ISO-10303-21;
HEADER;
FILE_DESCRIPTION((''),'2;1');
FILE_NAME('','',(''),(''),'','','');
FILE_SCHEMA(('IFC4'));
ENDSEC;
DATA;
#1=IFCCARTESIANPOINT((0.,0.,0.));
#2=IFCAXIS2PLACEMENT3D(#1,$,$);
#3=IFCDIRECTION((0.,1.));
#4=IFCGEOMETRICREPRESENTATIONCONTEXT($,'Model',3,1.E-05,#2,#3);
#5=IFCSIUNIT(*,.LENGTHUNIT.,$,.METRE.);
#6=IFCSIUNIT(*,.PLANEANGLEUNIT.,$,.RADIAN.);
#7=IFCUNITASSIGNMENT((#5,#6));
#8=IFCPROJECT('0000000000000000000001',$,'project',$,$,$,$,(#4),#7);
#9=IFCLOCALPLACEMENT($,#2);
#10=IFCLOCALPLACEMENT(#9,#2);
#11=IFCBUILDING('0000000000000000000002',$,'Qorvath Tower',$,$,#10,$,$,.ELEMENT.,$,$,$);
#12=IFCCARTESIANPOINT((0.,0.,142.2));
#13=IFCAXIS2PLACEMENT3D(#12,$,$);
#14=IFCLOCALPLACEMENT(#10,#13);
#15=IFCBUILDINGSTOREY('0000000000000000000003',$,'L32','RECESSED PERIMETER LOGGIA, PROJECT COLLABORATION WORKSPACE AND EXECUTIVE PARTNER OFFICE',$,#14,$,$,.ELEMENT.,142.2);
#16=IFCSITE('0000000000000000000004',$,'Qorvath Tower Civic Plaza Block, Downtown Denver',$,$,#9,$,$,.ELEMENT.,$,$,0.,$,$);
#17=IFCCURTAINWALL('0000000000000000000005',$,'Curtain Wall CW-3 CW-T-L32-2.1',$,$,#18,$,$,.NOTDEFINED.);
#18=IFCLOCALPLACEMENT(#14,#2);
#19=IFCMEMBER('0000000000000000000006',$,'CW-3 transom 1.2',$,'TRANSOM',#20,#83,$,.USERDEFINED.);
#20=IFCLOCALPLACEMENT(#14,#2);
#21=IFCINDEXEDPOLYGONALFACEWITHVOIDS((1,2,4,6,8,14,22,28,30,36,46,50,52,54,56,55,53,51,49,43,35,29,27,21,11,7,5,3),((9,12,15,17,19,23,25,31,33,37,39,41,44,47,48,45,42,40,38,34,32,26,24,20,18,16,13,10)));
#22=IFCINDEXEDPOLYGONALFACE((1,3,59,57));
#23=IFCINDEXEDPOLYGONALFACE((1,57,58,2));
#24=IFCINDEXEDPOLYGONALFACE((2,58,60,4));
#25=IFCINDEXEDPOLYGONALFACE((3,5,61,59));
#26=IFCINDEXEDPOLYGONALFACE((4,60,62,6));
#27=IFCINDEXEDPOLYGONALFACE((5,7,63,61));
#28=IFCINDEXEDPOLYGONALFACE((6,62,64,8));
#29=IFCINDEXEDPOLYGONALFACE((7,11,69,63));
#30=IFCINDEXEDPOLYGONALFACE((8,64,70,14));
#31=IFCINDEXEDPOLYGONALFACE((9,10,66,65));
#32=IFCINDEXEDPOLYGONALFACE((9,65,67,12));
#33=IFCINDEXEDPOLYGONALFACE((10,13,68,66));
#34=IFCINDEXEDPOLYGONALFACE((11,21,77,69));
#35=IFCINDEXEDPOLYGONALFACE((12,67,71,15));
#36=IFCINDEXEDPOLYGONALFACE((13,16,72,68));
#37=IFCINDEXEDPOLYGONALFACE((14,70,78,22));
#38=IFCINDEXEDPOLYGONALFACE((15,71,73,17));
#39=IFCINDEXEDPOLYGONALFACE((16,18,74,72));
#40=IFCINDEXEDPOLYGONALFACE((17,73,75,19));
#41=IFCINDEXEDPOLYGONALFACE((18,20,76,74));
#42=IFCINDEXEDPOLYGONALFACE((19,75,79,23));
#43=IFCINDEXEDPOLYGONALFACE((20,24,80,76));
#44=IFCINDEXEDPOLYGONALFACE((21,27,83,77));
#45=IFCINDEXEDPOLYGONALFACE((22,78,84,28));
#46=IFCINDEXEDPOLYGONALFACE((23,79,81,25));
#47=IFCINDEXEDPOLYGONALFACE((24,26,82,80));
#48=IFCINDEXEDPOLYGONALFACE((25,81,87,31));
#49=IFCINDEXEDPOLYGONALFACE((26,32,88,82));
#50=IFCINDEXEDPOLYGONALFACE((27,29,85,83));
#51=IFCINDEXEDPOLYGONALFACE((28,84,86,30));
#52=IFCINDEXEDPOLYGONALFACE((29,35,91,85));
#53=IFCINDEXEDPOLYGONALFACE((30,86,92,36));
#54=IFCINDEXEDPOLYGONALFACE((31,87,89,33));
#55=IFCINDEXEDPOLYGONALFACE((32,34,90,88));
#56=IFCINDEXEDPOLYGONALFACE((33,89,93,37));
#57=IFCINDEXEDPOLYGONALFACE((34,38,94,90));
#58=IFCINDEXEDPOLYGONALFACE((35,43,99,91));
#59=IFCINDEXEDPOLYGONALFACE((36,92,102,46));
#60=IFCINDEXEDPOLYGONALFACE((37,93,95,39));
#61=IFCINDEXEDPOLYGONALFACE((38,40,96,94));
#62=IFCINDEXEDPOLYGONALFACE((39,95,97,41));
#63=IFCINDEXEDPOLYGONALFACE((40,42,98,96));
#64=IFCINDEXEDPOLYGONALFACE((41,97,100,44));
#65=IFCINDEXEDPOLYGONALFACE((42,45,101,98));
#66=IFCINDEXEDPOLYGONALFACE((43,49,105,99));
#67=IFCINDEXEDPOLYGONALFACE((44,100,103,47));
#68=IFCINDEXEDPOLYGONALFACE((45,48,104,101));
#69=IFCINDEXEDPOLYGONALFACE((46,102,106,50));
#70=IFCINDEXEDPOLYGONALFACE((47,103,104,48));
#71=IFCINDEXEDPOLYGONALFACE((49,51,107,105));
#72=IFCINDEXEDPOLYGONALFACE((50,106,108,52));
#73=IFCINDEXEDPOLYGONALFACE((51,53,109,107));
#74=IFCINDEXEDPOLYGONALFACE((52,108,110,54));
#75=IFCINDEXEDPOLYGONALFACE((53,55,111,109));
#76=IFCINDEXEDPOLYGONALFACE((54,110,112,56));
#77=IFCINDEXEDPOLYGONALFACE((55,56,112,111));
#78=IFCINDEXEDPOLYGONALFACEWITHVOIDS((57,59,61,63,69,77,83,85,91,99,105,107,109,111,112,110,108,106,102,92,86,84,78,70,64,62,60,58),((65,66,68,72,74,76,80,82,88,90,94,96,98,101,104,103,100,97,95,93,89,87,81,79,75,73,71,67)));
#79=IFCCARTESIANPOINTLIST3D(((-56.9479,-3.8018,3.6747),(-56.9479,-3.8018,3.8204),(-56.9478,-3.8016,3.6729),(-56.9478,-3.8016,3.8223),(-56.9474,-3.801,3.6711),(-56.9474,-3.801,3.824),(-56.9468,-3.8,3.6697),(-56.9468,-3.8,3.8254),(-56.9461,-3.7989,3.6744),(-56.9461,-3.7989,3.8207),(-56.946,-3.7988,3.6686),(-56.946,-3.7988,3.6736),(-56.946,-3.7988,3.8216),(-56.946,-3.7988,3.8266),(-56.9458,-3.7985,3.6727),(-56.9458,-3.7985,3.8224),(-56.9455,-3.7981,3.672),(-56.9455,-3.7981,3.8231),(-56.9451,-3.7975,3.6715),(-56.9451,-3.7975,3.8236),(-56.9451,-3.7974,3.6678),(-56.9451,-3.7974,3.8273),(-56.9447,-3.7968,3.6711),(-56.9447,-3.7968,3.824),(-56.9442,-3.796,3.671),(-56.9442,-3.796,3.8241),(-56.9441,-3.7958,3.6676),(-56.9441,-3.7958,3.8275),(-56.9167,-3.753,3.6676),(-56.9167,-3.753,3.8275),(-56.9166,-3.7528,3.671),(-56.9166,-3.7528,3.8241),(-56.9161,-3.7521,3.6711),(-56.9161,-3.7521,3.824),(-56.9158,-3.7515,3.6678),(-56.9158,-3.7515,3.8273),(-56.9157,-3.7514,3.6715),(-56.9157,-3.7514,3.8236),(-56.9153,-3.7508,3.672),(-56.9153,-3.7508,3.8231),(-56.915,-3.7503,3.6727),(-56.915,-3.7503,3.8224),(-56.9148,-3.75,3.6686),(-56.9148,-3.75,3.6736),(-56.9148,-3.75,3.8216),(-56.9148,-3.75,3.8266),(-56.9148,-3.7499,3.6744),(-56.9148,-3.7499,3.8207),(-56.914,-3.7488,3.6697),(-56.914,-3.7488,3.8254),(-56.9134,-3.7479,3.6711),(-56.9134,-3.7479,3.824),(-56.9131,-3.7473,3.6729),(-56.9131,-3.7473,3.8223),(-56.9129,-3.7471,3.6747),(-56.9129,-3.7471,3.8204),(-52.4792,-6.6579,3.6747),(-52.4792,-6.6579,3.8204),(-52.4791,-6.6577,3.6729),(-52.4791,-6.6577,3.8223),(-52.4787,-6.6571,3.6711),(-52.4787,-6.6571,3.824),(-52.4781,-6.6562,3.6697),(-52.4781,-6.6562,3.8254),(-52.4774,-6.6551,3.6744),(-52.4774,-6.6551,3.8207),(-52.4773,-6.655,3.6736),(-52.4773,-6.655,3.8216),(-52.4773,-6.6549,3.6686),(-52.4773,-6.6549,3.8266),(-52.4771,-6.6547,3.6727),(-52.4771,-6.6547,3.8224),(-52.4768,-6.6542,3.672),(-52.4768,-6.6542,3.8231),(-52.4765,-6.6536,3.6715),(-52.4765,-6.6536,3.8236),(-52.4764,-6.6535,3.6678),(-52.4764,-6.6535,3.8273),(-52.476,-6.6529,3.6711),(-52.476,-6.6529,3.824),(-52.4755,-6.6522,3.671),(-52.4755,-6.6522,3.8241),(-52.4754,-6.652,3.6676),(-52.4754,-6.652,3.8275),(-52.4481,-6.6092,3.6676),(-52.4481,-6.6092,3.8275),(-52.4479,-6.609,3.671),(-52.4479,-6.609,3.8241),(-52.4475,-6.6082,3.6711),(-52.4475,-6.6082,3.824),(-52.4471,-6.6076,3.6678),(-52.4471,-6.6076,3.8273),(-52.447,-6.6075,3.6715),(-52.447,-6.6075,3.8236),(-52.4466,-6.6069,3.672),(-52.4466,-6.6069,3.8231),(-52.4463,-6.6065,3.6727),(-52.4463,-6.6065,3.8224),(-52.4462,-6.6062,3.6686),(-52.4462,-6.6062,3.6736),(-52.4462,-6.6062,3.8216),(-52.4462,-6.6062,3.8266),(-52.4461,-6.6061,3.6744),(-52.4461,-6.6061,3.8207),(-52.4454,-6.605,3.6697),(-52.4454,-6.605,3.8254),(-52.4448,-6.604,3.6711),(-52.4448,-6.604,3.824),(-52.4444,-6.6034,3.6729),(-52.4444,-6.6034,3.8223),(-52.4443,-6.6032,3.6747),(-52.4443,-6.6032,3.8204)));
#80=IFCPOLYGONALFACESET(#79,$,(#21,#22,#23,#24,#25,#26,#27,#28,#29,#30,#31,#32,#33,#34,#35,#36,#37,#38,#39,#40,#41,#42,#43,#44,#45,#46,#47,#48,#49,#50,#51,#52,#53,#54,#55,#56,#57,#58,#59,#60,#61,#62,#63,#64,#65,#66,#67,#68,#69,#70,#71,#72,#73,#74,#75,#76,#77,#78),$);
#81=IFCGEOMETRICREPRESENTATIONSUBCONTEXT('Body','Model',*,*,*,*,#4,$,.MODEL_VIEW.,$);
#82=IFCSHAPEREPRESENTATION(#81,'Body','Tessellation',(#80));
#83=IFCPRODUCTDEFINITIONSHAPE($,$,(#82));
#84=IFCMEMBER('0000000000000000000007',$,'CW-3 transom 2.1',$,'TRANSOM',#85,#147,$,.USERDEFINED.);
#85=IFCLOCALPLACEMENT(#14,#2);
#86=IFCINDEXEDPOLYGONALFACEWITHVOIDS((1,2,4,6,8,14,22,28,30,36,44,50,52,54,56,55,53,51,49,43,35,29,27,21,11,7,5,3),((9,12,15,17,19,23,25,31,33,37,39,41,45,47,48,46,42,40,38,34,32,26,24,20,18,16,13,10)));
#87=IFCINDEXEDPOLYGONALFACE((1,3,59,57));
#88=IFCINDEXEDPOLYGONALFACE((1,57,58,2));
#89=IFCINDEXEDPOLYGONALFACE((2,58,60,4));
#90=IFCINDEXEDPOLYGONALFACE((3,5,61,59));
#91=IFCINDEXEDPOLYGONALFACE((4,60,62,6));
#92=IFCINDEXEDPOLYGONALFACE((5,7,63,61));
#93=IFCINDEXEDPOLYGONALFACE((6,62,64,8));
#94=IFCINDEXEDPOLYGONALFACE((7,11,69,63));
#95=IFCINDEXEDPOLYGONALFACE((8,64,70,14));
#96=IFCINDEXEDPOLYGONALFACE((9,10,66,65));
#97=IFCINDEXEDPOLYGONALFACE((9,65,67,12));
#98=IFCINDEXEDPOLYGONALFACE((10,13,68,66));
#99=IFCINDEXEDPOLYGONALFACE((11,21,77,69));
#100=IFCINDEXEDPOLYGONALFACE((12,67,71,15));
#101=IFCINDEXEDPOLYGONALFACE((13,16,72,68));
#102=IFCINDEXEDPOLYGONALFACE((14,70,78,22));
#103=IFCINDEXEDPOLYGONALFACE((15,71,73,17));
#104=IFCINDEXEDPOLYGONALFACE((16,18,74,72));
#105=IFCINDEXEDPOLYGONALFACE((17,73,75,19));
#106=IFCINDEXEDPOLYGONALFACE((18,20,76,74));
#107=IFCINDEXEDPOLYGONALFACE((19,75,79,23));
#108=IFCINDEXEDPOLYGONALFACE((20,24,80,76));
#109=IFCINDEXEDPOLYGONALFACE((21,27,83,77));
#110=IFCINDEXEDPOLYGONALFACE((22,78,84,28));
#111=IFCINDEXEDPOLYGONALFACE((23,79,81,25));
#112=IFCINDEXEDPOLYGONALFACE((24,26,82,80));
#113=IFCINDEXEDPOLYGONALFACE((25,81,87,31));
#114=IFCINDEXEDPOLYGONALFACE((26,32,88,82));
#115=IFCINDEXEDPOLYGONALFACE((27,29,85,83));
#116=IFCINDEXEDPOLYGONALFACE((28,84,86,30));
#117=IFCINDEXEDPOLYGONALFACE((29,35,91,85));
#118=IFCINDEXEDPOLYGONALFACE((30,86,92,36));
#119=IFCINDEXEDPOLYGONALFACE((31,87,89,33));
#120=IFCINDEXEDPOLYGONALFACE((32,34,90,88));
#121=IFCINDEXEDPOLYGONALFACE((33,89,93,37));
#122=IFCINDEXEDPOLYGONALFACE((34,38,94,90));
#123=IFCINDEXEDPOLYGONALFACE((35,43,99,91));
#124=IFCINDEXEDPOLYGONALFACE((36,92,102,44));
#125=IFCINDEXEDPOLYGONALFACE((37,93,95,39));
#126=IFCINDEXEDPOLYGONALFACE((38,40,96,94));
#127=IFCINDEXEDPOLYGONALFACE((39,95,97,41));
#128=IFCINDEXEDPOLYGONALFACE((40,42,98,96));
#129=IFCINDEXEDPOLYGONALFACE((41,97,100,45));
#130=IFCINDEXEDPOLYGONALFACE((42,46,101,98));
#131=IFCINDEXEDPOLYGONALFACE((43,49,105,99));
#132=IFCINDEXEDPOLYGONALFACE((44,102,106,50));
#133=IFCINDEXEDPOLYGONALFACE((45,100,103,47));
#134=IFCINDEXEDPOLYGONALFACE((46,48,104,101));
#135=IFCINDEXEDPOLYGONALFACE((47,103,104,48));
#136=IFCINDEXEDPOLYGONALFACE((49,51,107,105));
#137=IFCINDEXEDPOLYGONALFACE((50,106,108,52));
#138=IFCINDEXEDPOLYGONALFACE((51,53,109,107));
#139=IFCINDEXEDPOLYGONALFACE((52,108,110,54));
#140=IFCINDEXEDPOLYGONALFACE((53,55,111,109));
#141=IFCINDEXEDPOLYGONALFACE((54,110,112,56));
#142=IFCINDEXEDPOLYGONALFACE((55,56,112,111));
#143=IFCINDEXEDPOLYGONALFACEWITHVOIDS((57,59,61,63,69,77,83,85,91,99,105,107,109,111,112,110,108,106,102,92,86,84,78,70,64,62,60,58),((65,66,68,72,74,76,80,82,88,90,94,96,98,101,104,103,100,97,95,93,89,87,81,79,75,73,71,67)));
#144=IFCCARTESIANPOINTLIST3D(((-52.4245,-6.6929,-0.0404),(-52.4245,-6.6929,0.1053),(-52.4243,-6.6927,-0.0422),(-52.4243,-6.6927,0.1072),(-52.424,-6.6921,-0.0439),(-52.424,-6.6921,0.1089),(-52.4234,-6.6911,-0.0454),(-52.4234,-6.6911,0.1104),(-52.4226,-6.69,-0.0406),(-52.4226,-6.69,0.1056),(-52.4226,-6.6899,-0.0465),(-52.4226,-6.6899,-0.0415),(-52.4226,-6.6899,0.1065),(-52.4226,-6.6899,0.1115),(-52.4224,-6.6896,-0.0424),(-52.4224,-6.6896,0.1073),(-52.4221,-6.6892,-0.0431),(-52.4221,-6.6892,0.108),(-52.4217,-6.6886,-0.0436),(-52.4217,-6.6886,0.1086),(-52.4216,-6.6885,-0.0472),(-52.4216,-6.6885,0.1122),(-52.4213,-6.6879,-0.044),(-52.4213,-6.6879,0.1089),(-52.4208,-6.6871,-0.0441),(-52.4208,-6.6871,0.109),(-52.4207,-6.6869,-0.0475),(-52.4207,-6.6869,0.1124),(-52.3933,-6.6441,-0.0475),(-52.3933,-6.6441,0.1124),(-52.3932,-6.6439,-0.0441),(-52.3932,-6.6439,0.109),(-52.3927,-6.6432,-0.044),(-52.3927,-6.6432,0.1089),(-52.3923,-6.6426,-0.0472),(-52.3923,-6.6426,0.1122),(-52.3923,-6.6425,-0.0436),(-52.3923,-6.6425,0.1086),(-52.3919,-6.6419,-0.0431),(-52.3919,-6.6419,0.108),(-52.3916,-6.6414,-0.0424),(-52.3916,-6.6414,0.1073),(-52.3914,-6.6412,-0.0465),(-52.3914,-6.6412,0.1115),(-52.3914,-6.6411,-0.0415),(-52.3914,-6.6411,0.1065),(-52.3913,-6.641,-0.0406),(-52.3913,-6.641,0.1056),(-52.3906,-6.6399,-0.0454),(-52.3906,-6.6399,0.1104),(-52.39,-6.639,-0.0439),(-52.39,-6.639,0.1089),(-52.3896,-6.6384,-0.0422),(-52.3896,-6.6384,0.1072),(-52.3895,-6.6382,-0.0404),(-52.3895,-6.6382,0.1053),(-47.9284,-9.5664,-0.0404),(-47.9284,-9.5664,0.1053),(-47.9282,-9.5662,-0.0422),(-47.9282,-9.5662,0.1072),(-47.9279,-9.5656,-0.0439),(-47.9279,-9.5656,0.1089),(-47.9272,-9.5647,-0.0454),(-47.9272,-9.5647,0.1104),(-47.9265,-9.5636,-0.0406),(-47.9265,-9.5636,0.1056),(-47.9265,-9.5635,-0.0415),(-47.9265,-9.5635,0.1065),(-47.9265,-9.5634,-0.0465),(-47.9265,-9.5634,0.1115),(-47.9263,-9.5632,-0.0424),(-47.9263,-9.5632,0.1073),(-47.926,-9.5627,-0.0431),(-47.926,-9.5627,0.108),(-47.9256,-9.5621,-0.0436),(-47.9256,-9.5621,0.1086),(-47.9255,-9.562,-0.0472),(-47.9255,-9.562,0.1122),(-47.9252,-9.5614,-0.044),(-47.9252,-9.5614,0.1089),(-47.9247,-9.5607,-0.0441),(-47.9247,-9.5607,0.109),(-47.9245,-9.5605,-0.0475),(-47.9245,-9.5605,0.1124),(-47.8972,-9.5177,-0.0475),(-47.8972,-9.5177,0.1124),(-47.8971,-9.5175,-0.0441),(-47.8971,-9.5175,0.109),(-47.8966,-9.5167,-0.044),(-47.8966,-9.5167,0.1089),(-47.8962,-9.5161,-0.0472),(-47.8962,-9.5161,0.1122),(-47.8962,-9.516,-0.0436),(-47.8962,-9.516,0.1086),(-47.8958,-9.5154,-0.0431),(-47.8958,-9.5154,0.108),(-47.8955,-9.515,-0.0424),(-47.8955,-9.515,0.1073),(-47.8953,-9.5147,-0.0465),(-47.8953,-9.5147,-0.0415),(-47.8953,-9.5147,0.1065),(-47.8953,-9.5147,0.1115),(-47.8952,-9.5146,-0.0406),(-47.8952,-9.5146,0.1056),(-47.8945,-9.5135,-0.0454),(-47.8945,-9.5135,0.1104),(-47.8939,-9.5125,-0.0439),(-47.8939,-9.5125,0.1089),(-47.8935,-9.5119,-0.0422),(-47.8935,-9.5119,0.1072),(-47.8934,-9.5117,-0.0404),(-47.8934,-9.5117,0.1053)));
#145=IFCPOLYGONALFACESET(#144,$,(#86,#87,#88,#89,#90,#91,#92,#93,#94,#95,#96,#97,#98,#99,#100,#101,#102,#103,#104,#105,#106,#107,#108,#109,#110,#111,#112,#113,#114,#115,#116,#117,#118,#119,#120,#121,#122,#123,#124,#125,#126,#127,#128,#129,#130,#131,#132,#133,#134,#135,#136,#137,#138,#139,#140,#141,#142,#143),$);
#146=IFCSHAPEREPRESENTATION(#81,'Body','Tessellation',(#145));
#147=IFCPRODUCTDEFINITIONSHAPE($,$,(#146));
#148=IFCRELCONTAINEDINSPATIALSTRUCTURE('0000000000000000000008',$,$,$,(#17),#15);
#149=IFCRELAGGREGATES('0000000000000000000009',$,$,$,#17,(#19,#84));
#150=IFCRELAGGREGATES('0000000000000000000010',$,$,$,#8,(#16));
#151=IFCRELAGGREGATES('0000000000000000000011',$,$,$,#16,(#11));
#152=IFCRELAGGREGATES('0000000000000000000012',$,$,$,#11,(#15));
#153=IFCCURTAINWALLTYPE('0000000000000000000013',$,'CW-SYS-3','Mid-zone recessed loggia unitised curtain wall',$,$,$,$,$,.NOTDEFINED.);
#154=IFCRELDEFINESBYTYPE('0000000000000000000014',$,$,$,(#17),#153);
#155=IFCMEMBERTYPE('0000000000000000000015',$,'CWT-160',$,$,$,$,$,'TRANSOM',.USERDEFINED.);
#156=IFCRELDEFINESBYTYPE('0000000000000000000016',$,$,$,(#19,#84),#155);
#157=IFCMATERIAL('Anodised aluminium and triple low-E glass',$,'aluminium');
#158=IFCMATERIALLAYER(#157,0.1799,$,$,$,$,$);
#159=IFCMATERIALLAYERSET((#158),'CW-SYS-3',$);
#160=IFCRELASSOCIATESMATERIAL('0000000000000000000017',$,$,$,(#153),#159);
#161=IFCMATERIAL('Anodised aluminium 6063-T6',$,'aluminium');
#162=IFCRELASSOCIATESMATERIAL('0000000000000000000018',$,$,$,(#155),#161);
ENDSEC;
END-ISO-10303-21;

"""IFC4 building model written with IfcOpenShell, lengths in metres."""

from ifc_helpers import new_model, si_unit, direction, frame, origin, origin_2d, place, context, subcontext, project, spatial, hollow_rectangle, extrude, material, layer, layer_set, material_profile, profile_set, type_object, element, aggregate, save


model = new_model("IFC4")

# Units and contexts
model_context = context("Model", 3, precision=1e-05, world=origin(), true_north=direction((0.0, 1.0)))
body_context = subcontext(model_context, "Body", "Model", "MODEL_VIEW")
ifc_project = project(units=[si_unit("LENGTHUNIT", "METRE"), si_unit("PLANEANGLEUNIT", "RADIAN")], contexts=[model_context])

# Site, building, storey
site_placement = place(None, origin())
site = spatial("IfcSite", under=ifc_project, at=site_placement, Name="Qorvath Tower Civic Plaza Block, Downtown Denver", CompositionType="ELEMENT", RefElevation=0.0)
building_placement = place(site_placement, origin())
building = spatial("IfcBuilding", under=site, at=building_placement, Name="Qorvath Tower", CompositionType="ELEMENT")
storey_placement = place(building_placement, frame((0.0, 0.0, 142.2)))
storey = spatial("IfcBuildingStorey", under=building, at=storey_placement, Name="L32", Description="RECESSED PERIMETER LOGGIA, PROJECT COLLABORATION WORKSPACE AND EXECUTIVE PARTNER OFFICE", CompositionType="ELEMENT", Elevation=142.2)

# Curtain wall, members
ifc_material_1 = material(Name="Anodised aluminium and triple low-E glass", Category="aluminium")
ifc_layer_1 = layer(ifc_material_1, 0.1799)
ifc_layer_set_1 = layer_set([ifc_layer_1], Name="CW-SYS-3")
curtain_wall_type = type_object("IfcCurtainWallType", Name="CW-SYS-3", Description="Mid-zone recessed loggia unitised curtain wall", PredefinedType="NOTDEFINED", material=ifc_layer_set_1)
curtain_wall_placement = place(storey_placement, origin())
curtain_wall = element("IfcCurtainWall", 1, at=curtain_wall_placement, inside=storey, type_object=curtain_wall_type, Name="Curtain Wall CW-3 CW-T-L32-2.1", PredefinedType="NOTDEFINED")
ifc_material_2 = material(Name="Anodised aluminium 6063-T6", Category="aluminium")
ifc_material_profile_1 = material_profile(ifc_material_2, hollow_rectangle(XDim=0.0649, YDim=0.1599, WallThickness=0.0034, InnerFilletRadius=0.0034, OuterFilletRadius=0.0071, at=origin_2d()), Name="CWT 160x65")
ifc_profile_set_1 = profile_set([ifc_material_profile_1], Name="Anodised aluminium 6063-T6")
member_type_1 = type_object("IfcMemberType", Name="CWT-160", ElementType="TRANSOM", PredefinedType="USERDEFINED", material=ifc_profile_set_1)
member_1_placement = place(storey_placement, frame((-56.9304, -3.7744, 3.7476), z_axis=(0.842596, -0.538545, 0.0), x_axis=(0.538545, 0.842596, 0.0)))
member_1 = element("IfcMember", 2, at=member_1_placement, type_object=member_type_1, Name="CW-3 transom 1.2", ObjectType="TRANSOM", PredefinedType="USERDEFINED", context=body_context, shape_type="SweptSolid", body=[
    extrude(hollow_rectangle(XDim=0.0649, YDim=0.1599, WallThickness=0.0034, InnerFilletRadius=0.0034, OuterFilletRadius=0.0071, at=origin_2d()), origin(), (0.0, 0.0, 1.0), 5.3035),
])
member_2_placement = place(storey_placement, frame((-52.407, -6.6655, 0.0325), z_axis=(0.842609, -0.538526, 0.0), x_axis=(0.538526, 0.842609, 0.0)))
member_2 = element("IfcMember", 3, at=member_2_placement, type_object=member_type_1, Name="CW-3 transom 2.1", ObjectType="TRANSOM", PredefinedType="USERDEFINED", context=body_context, shape_type="SweptSolid", body=[
    extrude(hollow_rectangle(XDim=0.0649, YDim=0.1599, WallThickness=0.0034, InnerFilletRadius=0.0034, OuterFilletRadius=0.0071, at=origin_2d()), origin(), (0.0, 0.0, 1.0), 5.3359),
])
aggregate(curtain_wall, [member_1, member_2])

save(model, "model.ifc")
